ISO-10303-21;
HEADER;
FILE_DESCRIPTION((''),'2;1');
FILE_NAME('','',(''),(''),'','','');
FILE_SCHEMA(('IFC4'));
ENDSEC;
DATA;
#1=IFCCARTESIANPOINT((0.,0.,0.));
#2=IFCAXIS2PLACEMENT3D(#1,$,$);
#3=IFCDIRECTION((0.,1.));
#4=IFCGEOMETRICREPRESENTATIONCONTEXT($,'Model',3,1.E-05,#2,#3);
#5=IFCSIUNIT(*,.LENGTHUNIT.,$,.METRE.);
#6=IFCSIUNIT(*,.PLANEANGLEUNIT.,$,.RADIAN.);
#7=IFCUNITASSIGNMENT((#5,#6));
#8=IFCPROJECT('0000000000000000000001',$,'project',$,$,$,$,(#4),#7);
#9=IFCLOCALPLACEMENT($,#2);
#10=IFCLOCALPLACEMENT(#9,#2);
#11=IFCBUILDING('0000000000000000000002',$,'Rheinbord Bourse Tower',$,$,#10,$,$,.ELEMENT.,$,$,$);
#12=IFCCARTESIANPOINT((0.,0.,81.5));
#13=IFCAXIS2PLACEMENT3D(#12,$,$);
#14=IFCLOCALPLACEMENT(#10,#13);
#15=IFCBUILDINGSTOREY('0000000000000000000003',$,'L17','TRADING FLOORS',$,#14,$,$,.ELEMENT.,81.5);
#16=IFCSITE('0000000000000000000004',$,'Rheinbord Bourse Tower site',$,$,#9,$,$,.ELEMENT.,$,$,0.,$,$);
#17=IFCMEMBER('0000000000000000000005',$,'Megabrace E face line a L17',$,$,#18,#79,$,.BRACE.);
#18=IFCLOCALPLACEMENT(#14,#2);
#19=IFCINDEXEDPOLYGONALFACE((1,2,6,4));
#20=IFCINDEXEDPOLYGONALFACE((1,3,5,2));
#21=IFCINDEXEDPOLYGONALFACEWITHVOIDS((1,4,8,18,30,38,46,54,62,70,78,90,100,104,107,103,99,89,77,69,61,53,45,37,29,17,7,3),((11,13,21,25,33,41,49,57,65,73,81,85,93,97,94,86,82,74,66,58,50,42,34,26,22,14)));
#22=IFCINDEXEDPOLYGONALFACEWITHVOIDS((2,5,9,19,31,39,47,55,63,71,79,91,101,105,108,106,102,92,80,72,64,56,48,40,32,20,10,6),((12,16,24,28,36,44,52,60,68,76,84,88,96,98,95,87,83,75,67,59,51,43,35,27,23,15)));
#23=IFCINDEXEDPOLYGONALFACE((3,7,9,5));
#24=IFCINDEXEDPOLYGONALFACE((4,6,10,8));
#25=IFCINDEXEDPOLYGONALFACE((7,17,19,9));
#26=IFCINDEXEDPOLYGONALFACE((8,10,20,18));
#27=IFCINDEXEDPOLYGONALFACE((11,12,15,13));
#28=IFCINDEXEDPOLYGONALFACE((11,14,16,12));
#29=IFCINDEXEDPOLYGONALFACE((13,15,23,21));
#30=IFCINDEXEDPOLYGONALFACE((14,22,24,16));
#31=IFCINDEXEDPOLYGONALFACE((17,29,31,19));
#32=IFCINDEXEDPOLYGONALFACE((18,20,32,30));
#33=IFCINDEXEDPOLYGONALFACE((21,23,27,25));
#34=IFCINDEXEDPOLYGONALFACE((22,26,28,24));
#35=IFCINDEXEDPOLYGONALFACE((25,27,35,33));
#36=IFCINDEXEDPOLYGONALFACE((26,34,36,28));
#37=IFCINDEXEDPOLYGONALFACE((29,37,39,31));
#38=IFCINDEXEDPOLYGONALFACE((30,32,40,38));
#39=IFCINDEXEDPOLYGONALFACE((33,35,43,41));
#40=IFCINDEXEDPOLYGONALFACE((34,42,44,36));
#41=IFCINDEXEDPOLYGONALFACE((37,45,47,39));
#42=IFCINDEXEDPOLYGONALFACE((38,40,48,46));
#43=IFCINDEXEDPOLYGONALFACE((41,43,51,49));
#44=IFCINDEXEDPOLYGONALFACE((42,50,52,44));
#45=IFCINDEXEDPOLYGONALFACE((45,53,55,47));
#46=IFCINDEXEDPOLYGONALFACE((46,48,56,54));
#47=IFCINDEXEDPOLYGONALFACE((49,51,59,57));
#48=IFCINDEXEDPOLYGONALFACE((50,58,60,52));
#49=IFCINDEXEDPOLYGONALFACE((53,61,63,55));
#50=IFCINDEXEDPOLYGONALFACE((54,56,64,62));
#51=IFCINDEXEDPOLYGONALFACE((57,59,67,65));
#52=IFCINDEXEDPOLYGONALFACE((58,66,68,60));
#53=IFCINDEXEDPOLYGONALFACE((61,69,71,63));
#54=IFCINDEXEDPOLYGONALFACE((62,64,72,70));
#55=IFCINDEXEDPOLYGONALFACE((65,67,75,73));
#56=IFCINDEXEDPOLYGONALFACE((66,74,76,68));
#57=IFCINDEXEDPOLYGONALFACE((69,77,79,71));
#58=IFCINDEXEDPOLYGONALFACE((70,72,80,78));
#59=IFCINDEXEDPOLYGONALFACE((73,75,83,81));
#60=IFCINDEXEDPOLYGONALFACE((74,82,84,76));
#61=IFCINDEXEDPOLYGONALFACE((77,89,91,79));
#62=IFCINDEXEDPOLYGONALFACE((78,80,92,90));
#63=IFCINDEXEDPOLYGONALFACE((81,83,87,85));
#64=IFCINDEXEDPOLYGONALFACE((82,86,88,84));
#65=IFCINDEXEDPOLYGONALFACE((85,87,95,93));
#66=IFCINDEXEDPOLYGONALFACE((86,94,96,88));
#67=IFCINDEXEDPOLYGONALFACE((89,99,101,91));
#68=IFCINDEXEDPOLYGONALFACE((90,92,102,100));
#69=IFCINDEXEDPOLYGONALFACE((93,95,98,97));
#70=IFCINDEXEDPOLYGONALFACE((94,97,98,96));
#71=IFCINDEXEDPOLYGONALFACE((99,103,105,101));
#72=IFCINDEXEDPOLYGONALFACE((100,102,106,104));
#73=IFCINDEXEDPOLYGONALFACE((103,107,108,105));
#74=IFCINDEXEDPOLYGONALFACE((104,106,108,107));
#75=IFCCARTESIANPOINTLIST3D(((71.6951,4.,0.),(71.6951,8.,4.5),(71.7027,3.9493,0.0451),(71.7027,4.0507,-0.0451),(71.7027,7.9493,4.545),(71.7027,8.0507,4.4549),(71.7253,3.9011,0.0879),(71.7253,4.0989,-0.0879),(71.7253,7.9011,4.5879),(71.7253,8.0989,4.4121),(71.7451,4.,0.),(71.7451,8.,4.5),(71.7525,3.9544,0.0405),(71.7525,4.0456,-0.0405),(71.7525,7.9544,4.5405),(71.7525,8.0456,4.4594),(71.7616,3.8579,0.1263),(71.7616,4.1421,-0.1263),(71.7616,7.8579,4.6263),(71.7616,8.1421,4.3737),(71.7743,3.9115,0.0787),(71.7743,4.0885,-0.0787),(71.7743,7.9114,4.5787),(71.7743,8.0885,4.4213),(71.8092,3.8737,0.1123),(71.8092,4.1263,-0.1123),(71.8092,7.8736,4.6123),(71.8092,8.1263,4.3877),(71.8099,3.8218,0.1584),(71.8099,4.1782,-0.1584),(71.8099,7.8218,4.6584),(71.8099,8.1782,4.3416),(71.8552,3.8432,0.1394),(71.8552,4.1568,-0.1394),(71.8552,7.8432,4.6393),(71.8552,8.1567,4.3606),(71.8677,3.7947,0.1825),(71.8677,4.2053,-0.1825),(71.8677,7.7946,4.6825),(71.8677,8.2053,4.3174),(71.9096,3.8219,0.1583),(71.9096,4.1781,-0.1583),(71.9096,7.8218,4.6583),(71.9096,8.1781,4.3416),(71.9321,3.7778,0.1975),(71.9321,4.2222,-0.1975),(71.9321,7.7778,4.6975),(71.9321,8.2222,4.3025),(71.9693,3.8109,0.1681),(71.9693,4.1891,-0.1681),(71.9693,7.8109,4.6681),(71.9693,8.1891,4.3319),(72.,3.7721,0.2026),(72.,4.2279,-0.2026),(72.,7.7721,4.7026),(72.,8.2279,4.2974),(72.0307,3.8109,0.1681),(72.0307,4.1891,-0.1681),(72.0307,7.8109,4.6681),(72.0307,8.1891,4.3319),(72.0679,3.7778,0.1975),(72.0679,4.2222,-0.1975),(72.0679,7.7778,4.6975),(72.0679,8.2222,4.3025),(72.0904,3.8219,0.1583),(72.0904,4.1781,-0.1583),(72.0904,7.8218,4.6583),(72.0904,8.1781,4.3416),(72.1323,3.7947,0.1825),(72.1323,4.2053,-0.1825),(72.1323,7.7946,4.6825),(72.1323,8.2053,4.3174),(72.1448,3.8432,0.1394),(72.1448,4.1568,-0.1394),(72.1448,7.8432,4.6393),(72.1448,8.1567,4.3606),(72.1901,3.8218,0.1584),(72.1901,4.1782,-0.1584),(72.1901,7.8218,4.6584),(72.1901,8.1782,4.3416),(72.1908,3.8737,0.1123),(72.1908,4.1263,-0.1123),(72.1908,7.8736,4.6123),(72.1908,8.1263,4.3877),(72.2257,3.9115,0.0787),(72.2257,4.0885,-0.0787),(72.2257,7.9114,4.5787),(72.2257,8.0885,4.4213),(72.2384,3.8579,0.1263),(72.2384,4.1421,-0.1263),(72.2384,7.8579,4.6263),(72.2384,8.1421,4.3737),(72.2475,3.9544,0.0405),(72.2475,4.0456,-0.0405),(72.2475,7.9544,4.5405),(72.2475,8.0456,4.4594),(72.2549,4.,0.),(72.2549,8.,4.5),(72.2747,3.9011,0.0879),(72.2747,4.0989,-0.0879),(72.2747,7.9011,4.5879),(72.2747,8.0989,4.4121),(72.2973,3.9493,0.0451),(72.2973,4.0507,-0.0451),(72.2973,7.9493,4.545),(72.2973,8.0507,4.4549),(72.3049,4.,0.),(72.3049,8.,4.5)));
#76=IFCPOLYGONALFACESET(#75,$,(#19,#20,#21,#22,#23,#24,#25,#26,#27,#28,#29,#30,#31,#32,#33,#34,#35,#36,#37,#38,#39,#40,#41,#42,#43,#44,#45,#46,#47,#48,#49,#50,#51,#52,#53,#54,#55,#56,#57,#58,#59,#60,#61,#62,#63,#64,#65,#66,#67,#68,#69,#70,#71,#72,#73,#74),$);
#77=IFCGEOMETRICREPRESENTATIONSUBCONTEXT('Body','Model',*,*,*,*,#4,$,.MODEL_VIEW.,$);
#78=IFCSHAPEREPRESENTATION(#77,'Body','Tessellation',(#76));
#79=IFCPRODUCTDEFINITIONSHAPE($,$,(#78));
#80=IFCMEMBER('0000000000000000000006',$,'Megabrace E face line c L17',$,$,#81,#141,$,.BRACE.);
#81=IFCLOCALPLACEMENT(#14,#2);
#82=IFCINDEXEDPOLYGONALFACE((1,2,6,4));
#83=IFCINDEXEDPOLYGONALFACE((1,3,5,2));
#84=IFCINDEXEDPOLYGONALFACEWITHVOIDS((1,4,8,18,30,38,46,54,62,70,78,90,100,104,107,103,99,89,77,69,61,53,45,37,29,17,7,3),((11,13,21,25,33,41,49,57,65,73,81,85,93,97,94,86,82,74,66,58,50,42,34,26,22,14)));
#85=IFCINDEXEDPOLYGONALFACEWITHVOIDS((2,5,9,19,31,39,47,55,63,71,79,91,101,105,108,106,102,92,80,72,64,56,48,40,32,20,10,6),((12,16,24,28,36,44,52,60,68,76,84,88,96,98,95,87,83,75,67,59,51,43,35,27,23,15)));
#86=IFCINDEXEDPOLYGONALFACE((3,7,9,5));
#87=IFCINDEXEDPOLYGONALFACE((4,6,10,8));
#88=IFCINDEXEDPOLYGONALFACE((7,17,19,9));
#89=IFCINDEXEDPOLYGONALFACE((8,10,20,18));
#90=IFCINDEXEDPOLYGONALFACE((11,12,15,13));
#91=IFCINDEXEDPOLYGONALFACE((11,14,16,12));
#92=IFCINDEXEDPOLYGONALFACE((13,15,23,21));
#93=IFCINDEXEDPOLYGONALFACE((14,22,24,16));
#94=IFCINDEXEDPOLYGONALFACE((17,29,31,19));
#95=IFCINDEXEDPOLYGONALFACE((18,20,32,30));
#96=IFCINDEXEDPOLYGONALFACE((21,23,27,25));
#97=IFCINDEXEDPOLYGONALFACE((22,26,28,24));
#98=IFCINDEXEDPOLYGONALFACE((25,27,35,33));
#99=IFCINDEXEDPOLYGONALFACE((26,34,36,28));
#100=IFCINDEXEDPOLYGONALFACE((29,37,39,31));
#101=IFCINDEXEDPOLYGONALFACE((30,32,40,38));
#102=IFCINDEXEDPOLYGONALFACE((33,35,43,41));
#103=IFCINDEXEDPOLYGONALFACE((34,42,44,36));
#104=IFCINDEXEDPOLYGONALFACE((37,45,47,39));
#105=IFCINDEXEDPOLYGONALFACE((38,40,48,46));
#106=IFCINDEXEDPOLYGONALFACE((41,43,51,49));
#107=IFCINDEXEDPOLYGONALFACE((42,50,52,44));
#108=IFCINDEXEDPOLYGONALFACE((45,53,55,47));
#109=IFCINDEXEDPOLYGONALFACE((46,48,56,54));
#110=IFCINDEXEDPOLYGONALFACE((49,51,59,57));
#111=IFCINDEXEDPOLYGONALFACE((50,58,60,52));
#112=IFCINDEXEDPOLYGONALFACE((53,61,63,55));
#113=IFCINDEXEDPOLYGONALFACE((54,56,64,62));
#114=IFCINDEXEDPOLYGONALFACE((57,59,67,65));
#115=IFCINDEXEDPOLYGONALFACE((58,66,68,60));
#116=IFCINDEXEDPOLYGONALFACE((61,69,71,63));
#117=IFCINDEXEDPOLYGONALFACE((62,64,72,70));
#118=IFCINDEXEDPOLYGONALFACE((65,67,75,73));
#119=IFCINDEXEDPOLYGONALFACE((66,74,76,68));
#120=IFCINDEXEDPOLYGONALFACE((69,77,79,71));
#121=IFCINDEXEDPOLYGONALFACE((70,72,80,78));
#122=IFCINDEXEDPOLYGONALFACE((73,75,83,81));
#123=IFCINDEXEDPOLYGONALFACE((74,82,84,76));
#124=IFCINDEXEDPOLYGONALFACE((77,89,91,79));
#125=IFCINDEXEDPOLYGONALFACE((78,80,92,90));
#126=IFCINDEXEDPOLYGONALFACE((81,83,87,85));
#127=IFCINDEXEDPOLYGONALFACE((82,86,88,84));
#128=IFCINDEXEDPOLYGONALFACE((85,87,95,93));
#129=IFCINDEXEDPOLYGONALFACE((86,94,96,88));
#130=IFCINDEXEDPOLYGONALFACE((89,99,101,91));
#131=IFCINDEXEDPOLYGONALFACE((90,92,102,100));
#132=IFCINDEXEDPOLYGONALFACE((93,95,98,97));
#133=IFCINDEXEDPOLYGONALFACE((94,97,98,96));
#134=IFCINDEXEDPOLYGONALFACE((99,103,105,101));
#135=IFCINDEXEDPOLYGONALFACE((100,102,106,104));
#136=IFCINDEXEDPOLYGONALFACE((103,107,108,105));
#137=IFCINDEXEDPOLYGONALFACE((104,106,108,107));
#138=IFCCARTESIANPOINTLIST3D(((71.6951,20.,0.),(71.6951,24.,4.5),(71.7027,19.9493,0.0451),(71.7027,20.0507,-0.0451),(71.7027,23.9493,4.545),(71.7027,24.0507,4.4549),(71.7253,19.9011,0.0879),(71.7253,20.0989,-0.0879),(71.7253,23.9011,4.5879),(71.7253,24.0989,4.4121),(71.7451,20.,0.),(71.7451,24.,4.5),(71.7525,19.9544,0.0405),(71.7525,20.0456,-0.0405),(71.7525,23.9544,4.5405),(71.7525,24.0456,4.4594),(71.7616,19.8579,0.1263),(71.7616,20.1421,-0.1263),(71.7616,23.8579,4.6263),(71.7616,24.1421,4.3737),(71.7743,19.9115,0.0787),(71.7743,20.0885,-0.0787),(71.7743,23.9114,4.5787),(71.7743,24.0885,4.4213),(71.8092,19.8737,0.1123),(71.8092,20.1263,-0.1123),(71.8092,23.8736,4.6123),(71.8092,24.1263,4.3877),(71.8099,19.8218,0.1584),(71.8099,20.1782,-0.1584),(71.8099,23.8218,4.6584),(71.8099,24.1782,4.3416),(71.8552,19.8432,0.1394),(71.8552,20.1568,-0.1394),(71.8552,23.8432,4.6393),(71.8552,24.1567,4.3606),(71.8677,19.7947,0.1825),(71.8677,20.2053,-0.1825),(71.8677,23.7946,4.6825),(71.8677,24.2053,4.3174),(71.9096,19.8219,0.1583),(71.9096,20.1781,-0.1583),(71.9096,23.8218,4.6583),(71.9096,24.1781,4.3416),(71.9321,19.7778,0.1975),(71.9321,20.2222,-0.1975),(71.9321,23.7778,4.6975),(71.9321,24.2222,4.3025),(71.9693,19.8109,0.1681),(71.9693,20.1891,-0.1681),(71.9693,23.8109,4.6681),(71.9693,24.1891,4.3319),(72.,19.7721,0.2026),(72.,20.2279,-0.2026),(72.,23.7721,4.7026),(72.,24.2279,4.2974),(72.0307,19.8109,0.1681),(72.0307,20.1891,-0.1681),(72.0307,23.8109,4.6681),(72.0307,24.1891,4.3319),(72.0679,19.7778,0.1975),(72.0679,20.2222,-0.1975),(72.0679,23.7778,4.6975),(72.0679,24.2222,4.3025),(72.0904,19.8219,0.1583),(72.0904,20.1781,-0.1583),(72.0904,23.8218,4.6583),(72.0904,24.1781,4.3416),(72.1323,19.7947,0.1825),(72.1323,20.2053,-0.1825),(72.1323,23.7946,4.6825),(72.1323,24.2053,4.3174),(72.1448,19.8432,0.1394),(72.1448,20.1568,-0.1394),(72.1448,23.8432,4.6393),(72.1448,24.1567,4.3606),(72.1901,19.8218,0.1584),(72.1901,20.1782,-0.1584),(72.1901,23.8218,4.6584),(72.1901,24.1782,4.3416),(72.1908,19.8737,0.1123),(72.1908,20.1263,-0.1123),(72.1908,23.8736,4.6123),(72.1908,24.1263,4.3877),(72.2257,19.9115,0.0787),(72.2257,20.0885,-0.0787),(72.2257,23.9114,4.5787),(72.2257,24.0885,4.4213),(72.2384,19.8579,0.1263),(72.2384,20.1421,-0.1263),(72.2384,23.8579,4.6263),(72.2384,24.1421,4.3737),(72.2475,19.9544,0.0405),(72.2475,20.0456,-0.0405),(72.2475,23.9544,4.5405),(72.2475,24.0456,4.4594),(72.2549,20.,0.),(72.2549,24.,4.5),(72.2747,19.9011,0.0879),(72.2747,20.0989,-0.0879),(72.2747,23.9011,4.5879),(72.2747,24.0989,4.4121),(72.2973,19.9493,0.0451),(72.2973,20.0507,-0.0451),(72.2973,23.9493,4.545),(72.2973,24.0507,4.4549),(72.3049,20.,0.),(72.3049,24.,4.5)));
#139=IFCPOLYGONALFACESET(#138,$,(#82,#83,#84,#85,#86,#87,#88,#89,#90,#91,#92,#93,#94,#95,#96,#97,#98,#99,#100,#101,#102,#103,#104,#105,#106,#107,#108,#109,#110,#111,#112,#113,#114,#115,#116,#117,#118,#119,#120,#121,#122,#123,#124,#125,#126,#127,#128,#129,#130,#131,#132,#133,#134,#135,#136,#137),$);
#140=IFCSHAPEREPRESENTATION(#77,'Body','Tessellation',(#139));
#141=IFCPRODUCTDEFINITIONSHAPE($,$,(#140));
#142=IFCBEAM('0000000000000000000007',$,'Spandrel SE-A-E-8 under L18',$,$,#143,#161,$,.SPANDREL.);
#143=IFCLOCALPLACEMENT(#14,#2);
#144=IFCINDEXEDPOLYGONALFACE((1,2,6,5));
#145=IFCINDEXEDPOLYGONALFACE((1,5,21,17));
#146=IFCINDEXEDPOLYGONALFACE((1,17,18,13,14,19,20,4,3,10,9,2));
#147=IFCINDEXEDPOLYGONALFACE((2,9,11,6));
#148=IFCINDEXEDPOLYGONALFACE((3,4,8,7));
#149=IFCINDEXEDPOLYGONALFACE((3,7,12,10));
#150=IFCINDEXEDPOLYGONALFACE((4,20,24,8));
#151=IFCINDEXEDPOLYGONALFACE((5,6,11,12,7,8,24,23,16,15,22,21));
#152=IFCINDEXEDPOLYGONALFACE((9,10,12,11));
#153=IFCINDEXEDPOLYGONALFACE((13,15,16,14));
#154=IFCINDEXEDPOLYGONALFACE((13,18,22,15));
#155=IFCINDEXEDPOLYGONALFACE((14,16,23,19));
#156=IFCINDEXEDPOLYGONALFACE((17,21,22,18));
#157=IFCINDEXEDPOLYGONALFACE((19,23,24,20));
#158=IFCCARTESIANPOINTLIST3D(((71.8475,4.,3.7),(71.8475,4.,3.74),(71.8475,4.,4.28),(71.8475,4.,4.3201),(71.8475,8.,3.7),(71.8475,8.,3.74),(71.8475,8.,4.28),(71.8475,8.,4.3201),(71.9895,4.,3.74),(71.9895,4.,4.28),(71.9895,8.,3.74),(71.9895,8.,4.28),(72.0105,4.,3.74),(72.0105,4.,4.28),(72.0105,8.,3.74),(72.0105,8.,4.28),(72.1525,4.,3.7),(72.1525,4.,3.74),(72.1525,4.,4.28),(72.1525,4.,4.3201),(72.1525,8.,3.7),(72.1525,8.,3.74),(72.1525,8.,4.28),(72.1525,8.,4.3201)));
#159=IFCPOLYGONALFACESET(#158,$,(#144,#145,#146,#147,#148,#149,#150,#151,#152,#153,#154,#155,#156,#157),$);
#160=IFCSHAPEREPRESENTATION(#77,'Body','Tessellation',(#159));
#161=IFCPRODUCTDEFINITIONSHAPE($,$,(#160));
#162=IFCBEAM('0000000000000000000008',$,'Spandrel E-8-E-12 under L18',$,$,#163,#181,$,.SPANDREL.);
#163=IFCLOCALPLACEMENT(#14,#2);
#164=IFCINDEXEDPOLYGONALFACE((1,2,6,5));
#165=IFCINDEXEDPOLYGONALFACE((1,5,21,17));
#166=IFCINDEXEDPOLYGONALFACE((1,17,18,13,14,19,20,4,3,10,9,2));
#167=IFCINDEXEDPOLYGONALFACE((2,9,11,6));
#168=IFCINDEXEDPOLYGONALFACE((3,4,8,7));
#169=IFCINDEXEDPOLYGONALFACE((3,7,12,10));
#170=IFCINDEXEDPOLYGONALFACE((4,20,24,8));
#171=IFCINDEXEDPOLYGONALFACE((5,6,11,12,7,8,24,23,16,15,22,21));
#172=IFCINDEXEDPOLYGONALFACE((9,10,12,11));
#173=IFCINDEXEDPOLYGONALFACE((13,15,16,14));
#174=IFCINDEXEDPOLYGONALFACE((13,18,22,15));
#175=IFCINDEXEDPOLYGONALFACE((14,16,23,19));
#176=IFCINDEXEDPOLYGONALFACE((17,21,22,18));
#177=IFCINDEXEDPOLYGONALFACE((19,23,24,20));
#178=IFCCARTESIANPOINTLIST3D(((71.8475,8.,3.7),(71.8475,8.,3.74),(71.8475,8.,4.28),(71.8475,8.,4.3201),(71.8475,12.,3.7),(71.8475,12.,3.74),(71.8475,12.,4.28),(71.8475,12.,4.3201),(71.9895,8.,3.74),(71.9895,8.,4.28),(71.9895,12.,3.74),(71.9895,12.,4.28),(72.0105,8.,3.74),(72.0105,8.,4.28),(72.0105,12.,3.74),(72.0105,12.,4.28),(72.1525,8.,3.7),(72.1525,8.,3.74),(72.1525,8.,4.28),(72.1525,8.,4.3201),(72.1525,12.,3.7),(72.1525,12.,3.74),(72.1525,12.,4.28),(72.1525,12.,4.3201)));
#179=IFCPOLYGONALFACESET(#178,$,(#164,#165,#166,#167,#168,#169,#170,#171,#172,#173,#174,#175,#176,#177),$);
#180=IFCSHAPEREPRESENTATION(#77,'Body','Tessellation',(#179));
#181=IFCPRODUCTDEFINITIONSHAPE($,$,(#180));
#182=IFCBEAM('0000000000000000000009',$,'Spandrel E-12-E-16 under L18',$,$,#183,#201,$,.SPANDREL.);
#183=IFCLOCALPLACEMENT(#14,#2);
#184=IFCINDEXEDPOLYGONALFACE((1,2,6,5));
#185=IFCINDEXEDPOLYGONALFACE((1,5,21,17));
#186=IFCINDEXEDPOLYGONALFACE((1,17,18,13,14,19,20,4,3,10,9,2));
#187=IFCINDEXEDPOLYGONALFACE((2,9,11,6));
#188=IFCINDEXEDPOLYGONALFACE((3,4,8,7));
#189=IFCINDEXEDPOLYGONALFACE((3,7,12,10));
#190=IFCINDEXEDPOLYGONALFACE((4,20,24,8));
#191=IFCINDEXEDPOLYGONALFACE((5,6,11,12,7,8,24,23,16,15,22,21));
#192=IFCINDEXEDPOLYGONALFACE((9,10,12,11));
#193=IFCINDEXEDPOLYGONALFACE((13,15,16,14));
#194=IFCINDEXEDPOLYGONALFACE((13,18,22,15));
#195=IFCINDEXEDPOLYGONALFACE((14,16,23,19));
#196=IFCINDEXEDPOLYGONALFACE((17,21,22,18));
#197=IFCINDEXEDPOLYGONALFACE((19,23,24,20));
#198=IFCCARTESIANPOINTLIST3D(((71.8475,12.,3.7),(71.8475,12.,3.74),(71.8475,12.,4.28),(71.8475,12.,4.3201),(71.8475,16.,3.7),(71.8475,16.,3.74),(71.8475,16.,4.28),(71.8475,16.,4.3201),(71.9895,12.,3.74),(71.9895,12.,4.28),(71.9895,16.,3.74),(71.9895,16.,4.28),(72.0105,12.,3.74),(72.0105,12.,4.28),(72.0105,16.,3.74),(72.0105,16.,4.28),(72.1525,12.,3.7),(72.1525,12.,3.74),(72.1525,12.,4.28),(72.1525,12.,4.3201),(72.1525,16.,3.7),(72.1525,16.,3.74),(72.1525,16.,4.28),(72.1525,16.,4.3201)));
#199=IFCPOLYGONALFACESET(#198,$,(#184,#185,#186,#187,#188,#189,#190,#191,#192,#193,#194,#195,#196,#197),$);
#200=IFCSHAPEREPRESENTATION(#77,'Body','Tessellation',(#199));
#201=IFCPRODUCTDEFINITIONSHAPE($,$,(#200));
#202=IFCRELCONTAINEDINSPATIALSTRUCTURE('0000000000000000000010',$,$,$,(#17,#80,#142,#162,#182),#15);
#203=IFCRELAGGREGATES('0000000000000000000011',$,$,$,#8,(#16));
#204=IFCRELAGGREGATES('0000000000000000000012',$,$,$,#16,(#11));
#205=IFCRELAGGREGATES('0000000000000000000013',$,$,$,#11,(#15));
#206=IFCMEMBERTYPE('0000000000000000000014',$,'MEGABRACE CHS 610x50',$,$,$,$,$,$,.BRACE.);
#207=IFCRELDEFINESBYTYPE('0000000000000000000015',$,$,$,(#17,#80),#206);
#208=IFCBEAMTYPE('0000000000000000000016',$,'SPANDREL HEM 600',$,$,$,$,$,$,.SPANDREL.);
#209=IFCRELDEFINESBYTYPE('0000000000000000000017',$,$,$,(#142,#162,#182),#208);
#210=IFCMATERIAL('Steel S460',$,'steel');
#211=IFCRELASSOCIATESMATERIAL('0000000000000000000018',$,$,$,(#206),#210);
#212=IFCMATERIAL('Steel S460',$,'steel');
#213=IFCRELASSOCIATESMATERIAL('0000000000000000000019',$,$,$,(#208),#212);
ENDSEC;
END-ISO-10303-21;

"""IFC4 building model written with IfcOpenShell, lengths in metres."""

from ifc_helpers import new_model, si_unit, direction, frame, origin, origin_2d, place, context, subcontext, project, spatial, hollow_circle, i_section, extrude, material, material_profile, profile_set, type_object, element, save


model = new_model("IFC4")

# Units and contexts
model_context = context("Model", 3, precision=1e-05, world=origin(), true_north=direction((0.0, 1.0)))
body_context = subcontext(model_context, "Body", "Model", "MODEL_VIEW")
ifc_project = project(units=[si_unit("LENGTHUNIT", "METRE"), si_unit("PLANEANGLEUNIT", "RADIAN")], contexts=[model_context])

# Site, building, storey
site_placement = place(None, origin())
site = spatial("IfcSite", under=ifc_project, at=site_placement, Name="Rheinbord Bourse Tower site", CompositionType="ELEMENT", RefElevation=0.0)
building_placement = place(site_placement, origin())
building = spatial("IfcBuilding", under=site, at=building_placement, Name="Rheinbord Bourse Tower", CompositionType="ELEMENT")
storey_placement = place(building_placement, frame((0.0, 0.0, 81.5)))
storey = spatial("IfcBuildingStorey", under=building, at=storey_placement, Name="L17", Description="TRADING FLOORS", CompositionType="ELEMENT", Elevation=81.5)

# Members
ifc_material_1 = material(Name="Steel S460", Category="steel")
ifc_material_profile_1 = material_profile(ifc_material_1, hollow_circle(Radius=0.3049, WallThickness=0.05, at=origin_2d()), Name="CHS 610x50")
ifc_profile_set_1 = profile_set([ifc_material_profile_1], Name="Steel S460")
member_type_1 = type_object("IfcMemberType", Name="MEGABRACE CHS 610x50", PredefinedType="BRACE", material=ifc_profile_set_1)
for number, where, z_axis, x_axis, name in (
    (1, (72.0, 4.0, 0.0), (0.0, 0.664364, 0.747409), (-1.0, 0.0, 0.0), "Megabrace E face line a L17"),
    (2, (72.0, 20.0, 0.0), (0.0, 0.664364, 0.747409), (-1.0, 0.0, 0.0), "Megabrace E face line c L17"),
):
    element("IfcMember", number, at=place(storey_placement, frame(where, z_axis=z_axis, x_axis=x_axis)), inside=storey, type_object=member_type_1, Name=name, PredefinedType="BRACE", context=body_context, shape_type="SweptSolid", body=[
        extrude(hollow_circle(Radius=0.3049, WallThickness=0.05, at=origin_2d()), origin(), (0.0, 0.0, 1.0), 6.0208),
    ])

# Beams
ifc_material_2 = material(Name="Steel S460", Category="steel")
ifc_material_profile_2 = material_profile(ifc_material_2, i_section(OverallWidth=0.3049, OverallDepth=0.6201, WebThickness=0.021, FlangeThickness=0.04, at=origin_2d()), Name="HEM 600")
ifc_profile_set_2 = profile_set([ifc_material_profile_2], Name="Steel S460")
beam_type_1 = type_object("IfcBeamType", Name="SPANDREL HEM 600", PredefinedType="SPANDREL", material=ifc_profile_set_2)
for number, where, z_axis, x_axis, name in (
    (3, (72.0, 4.0, 4.01), (0.0, 1.0, 0.0), (-1.0, 0.0, 0.0), "Spandrel SE-A-E-8 under L18"),
    (4, (72.0, 8.0, 4.01), (0.0, 1.0, 0.0), (-1.0, 0.0, 0.0), "Spandrel E-8-E-12 under L18"),
    (5, (72.0, 12.0, 4.01), (0.0, 1.0, 0.0), (-1.0, 0.0, 0.0), "Spandrel E-12-E-16 under L18"),
):
    element("IfcBeam", number, at=place(storey_placement, frame(where, z_axis=z_axis, x_axis=x_axis)), inside=storey, type_object=beam_type_1, Name=name, PredefinedType="SPANDREL", context=body_context, shape_type="SweptSolid", body=[
        extrude(i_section(OverallWidth=0.3049, OverallDepth=0.6201, WebThickness=0.021, FlangeThickness=0.04, at=origin_2d()), origin(), (0.0, 0.0, 1.0), 4.0),
    ])

save(model, "model.ifc")
